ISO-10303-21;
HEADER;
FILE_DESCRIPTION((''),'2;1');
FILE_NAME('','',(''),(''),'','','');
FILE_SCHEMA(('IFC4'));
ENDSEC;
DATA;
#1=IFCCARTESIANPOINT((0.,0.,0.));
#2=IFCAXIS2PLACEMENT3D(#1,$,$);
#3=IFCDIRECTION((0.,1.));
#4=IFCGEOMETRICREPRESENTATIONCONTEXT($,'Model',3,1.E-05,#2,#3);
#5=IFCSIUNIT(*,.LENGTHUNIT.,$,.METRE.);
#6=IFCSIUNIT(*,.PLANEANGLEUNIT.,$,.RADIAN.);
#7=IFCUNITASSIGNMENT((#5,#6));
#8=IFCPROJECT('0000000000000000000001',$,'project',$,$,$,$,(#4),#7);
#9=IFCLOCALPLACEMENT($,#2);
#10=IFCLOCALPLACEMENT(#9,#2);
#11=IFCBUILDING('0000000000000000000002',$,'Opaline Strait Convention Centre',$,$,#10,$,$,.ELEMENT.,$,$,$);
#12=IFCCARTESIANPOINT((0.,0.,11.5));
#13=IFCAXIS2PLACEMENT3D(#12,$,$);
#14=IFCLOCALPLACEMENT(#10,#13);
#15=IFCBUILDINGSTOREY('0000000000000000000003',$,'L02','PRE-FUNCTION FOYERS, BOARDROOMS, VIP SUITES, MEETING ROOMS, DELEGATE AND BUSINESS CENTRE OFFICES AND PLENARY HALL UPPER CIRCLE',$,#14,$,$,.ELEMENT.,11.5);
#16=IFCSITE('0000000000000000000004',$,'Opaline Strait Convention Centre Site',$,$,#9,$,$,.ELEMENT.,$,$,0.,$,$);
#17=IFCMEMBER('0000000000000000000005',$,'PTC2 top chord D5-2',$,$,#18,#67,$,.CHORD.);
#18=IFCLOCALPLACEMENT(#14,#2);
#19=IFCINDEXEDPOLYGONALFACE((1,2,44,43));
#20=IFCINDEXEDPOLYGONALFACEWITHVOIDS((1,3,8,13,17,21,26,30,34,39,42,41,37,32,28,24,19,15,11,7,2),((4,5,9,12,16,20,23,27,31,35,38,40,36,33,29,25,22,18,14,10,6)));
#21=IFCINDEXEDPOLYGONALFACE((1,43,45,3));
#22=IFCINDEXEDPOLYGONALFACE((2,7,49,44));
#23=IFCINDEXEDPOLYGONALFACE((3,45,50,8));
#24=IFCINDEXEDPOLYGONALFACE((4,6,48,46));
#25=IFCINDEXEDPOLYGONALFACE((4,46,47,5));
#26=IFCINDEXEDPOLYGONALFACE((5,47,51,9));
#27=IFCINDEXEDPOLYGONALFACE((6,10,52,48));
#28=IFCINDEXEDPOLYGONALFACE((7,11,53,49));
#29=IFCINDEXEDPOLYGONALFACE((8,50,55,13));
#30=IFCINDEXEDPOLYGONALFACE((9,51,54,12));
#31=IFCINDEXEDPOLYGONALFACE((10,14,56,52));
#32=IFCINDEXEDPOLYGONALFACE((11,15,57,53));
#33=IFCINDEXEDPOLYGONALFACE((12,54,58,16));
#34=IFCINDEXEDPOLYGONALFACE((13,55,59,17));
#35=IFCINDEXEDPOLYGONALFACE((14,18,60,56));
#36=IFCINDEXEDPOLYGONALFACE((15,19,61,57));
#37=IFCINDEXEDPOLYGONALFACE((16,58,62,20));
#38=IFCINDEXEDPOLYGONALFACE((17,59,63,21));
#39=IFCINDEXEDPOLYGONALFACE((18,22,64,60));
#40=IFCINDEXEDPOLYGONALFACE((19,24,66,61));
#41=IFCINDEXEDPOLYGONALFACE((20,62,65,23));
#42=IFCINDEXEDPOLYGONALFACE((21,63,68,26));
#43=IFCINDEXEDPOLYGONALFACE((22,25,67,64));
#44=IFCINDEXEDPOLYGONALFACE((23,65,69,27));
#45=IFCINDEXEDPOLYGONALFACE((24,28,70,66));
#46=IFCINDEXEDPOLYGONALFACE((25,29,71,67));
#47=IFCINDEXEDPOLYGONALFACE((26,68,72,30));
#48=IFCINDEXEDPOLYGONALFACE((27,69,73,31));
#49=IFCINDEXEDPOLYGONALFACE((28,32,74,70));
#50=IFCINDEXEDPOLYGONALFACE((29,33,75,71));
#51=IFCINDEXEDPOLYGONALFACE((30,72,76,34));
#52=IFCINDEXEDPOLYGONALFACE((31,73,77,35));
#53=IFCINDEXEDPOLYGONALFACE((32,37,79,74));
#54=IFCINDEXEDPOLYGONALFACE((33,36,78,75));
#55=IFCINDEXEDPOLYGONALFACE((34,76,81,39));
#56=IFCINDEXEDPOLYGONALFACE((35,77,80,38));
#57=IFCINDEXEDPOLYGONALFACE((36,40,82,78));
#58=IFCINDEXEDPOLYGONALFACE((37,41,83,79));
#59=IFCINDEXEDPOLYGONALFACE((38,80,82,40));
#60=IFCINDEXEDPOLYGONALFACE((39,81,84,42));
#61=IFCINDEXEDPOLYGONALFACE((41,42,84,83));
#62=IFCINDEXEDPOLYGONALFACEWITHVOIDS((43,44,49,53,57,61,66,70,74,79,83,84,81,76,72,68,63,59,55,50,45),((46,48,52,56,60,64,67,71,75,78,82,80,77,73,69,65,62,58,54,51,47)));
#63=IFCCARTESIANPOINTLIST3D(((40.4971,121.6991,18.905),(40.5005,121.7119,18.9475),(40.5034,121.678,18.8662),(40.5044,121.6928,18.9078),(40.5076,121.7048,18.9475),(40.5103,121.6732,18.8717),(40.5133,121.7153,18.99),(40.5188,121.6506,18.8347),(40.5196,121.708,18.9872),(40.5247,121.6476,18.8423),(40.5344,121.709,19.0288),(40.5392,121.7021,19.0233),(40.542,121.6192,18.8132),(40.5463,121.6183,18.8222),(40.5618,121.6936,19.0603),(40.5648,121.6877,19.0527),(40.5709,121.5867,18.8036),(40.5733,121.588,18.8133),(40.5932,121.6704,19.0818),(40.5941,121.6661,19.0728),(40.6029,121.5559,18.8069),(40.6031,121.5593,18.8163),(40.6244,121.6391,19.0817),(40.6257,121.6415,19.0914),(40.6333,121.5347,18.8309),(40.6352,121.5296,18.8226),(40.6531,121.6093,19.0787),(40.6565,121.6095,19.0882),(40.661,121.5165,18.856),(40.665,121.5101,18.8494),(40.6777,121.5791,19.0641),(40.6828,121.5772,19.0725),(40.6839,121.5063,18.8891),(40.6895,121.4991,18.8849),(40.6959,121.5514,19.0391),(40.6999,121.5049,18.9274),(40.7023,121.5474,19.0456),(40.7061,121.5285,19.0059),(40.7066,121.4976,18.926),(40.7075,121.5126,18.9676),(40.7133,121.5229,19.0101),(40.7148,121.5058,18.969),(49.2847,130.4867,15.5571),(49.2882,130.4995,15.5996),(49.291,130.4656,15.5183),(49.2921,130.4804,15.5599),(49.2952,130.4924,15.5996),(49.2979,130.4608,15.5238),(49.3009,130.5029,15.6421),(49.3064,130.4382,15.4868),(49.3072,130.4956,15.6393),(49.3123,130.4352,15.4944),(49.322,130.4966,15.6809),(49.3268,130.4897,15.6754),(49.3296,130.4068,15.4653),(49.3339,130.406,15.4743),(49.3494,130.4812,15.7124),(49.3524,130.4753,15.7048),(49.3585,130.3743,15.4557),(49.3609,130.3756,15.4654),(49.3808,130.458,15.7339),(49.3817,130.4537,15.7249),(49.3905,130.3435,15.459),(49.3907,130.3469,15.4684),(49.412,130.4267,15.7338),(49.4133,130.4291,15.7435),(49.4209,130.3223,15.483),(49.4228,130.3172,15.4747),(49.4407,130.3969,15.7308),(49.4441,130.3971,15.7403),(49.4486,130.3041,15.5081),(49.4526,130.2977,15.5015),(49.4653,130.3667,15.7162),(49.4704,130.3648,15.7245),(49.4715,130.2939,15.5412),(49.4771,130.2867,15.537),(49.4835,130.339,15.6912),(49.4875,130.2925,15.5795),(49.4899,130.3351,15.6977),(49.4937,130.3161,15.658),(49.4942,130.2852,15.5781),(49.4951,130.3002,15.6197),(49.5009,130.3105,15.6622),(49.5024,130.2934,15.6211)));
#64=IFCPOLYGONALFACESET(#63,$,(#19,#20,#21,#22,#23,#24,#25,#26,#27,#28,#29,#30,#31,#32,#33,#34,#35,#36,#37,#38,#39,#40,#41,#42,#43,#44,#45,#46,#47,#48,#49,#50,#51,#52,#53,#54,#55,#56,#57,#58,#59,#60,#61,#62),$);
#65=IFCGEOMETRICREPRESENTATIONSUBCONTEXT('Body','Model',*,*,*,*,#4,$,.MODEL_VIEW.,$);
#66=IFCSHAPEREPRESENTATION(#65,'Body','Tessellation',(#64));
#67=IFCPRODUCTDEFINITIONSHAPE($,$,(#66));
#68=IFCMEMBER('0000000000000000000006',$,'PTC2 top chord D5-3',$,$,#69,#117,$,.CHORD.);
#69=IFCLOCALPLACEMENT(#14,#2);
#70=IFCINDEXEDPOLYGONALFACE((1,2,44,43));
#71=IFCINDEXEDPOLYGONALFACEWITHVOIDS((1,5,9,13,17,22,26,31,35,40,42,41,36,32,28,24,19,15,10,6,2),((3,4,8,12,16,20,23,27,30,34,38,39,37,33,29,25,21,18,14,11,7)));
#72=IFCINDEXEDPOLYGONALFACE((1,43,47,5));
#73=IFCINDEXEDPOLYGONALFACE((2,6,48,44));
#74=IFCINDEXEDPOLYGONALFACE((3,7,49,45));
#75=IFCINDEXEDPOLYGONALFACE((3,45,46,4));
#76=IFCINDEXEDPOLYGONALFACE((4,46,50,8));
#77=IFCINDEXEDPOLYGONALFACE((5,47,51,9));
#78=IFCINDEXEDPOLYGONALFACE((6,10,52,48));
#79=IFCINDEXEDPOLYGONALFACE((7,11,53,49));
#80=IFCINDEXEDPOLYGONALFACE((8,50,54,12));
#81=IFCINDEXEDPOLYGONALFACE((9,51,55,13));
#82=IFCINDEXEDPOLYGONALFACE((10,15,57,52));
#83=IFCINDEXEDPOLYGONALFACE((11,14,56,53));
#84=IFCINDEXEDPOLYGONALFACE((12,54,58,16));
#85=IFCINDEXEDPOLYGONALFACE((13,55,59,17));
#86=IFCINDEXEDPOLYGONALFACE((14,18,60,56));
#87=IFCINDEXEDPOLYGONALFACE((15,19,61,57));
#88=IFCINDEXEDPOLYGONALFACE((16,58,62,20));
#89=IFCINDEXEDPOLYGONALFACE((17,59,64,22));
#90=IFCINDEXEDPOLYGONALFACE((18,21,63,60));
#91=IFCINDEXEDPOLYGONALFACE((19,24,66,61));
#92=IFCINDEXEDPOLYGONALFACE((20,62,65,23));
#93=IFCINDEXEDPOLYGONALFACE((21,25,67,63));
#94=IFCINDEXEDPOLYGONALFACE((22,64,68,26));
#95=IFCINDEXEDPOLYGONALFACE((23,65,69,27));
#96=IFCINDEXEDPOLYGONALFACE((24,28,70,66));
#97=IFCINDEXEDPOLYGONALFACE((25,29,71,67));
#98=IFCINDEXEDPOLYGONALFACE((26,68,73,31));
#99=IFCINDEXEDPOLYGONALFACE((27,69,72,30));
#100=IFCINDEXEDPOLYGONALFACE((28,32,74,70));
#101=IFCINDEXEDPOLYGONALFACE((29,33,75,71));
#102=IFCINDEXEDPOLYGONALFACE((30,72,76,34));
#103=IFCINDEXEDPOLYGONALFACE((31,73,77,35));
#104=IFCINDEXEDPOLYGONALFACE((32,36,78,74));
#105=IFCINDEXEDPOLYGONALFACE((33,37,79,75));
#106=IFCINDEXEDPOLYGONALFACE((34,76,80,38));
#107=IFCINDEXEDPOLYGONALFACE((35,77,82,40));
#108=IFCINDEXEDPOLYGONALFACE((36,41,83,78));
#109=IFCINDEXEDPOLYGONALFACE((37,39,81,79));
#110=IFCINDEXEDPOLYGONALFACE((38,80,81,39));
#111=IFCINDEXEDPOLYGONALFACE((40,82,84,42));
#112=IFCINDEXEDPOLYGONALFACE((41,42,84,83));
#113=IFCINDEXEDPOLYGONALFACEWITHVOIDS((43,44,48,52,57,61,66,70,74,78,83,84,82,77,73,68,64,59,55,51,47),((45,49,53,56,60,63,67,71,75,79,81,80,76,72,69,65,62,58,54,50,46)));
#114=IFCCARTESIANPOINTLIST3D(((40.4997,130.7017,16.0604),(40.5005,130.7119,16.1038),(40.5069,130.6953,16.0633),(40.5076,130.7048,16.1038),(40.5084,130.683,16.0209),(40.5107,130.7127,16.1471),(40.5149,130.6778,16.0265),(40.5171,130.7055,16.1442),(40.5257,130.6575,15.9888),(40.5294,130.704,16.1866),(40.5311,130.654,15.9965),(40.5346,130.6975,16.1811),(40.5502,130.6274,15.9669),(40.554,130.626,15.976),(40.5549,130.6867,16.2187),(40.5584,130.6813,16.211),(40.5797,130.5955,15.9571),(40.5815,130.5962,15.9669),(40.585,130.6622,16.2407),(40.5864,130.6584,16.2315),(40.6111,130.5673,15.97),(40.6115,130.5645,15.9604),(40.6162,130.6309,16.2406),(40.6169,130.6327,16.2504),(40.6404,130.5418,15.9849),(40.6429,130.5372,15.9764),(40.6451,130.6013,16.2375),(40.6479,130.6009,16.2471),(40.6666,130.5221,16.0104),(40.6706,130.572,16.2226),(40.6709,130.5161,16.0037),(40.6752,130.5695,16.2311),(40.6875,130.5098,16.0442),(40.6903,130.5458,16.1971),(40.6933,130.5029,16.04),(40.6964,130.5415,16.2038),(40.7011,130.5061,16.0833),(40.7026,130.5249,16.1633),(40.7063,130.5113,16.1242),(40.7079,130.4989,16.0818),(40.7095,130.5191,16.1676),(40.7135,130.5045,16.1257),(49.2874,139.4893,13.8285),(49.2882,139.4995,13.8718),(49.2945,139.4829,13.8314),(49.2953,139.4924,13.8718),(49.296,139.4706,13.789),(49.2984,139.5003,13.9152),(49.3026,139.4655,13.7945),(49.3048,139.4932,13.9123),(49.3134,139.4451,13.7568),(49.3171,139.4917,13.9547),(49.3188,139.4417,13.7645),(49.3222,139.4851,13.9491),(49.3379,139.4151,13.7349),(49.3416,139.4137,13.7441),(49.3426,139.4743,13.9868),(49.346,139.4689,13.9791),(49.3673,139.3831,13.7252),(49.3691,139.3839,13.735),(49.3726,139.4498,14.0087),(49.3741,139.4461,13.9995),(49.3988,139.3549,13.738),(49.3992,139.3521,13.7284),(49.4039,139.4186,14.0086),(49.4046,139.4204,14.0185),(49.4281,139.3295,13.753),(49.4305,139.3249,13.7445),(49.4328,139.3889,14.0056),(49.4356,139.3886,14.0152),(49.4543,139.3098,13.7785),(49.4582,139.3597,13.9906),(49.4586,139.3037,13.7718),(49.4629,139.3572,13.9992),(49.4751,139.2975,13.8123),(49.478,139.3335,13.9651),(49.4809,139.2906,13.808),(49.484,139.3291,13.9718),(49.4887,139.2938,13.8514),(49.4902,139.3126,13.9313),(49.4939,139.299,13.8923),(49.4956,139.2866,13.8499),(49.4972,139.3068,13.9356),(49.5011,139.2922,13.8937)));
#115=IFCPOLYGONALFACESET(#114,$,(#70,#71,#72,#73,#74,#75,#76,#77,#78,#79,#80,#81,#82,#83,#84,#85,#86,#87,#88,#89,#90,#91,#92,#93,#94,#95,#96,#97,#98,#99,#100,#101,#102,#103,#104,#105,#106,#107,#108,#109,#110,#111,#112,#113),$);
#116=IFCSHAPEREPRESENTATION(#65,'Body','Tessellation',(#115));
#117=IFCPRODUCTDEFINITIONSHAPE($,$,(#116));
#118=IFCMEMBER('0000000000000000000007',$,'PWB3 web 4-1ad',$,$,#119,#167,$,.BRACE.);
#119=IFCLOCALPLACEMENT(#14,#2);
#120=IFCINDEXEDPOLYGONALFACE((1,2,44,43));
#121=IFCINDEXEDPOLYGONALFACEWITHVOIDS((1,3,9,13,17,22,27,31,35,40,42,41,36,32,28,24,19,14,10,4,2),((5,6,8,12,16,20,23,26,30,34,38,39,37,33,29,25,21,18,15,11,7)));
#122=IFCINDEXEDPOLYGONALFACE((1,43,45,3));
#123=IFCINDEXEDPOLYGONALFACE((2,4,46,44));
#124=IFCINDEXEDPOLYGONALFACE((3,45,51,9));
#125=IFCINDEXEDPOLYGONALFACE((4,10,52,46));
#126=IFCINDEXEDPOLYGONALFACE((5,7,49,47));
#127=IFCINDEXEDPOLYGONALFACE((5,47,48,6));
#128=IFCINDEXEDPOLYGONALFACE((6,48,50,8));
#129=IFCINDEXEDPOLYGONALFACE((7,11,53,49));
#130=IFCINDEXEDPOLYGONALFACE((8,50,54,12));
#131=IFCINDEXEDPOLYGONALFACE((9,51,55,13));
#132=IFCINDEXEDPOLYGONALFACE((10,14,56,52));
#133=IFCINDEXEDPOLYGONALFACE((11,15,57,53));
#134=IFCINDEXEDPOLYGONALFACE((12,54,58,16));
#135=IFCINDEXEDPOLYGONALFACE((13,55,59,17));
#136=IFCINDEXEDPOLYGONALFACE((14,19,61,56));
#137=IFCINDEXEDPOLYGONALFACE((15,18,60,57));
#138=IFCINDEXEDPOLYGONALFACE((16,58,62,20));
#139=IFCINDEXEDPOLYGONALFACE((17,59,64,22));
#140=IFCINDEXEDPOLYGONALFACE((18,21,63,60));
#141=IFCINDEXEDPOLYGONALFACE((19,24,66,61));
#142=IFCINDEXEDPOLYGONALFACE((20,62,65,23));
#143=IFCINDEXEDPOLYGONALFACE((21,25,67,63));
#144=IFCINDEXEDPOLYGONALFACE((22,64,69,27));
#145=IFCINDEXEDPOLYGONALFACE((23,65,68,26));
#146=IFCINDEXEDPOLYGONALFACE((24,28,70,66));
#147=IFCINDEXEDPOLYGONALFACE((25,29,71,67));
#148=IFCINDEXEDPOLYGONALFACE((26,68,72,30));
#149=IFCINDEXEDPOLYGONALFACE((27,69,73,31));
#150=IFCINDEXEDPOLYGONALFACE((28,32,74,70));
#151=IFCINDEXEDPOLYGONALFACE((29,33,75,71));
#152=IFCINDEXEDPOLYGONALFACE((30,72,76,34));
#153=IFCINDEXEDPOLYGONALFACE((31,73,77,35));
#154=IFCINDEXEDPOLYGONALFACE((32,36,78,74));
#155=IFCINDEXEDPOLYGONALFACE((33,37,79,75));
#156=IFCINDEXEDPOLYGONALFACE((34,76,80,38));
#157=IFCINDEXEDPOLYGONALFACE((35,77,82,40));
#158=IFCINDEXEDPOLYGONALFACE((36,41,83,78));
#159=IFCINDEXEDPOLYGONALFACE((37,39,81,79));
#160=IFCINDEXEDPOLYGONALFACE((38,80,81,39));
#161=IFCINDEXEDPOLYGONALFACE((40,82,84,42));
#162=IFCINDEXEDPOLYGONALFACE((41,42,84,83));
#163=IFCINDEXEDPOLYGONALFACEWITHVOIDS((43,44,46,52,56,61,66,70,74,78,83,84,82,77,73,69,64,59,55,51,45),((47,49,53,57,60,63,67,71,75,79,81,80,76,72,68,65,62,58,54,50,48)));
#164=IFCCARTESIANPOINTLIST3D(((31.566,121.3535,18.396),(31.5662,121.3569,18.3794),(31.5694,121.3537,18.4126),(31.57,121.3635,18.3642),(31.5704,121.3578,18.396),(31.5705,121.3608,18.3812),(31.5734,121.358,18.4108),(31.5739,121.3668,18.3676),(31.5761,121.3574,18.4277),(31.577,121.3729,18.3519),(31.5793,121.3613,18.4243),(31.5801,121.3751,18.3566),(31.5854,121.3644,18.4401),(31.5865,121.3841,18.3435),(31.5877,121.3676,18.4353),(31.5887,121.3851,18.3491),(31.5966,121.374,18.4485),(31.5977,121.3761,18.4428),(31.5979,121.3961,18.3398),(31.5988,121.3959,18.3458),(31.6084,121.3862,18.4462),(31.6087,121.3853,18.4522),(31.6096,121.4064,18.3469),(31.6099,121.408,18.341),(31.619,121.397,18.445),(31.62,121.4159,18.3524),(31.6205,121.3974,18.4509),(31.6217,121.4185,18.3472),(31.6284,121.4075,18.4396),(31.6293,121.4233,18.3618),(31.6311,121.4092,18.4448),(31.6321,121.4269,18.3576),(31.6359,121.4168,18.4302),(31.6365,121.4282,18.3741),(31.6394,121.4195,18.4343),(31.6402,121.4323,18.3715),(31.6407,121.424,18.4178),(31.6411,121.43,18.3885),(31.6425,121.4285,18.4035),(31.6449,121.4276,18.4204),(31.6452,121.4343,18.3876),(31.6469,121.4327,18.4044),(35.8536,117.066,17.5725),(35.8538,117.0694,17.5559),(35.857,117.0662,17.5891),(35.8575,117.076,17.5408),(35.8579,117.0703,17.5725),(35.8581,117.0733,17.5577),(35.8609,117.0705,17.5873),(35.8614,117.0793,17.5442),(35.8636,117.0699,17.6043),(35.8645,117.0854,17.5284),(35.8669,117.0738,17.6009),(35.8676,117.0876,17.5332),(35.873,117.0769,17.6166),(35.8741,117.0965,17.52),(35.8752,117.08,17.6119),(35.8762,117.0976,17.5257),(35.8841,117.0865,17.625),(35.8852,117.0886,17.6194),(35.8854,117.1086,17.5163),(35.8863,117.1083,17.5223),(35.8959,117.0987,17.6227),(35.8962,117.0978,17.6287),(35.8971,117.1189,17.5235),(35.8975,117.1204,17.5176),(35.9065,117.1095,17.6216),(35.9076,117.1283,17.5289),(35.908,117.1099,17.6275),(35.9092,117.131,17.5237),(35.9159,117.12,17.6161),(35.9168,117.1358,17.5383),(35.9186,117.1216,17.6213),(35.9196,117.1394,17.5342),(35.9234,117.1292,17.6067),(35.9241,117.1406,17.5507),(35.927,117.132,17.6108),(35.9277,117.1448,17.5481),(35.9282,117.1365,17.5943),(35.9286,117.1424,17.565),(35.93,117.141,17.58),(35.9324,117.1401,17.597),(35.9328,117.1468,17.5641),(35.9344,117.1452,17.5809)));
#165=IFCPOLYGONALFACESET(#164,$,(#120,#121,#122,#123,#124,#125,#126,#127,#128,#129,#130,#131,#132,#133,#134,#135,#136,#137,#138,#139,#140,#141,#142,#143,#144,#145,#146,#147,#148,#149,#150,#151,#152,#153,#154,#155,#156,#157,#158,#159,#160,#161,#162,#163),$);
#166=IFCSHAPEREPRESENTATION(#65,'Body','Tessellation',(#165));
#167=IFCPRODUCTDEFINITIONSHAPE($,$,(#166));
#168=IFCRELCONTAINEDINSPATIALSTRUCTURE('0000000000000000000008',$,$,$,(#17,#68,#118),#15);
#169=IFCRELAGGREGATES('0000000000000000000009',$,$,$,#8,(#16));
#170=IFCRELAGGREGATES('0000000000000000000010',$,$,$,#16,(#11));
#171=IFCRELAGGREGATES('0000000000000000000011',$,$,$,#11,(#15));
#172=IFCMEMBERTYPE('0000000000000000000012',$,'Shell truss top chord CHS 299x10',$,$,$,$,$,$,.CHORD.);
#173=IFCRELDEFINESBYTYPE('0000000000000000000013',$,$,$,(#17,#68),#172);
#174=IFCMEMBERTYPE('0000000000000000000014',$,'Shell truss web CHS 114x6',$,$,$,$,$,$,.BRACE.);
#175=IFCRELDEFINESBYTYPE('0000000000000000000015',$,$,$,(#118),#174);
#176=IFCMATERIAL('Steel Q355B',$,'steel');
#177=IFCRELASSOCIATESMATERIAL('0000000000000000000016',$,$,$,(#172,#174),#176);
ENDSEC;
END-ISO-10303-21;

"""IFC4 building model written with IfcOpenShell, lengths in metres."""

from ifc_helpers import new_model, si_unit, direction, frame, origin, origin_2d, place, context, subcontext, project, spatial, hollow_circle, extrude, material, material_profile, profile_set, type_object, element, save


model = new_model("IFC4")

# Units and contexts
model_context = context("Model", 3, precision=1e-05, world=origin(), true_north=direction((0.0, 1.0)))
body_context = subcontext(model_context, "Body", "Model", "MODEL_VIEW")
ifc_project = project(units=[si_unit("LENGTHUNIT", "METRE"), si_unit("PLANEANGLEUNIT", "RADIAN")], contexts=[model_context])

# Site, building, storey
site_placement = place(None, origin())
site = spatial("IfcSite", under=ifc_project, at=site_placement, Name="Opaline Strait Convention Centre Site", CompositionType="ELEMENT", RefElevation=0.0)
building_placement = place(site_placement, origin())
building = spatial("IfcBuilding", under=site, at=building_placement, Name="Opaline Strait Convention Centre", CompositionType="ELEMENT")
storey_placement = place(building_placement, frame((0.0, 0.0, 11.5)))
storey = spatial("IfcBuildingStorey", under=building, at=storey_placement, Name="L02", Description="PRE-FUNCTION FOYERS, BOARDROOMS, VIP SUITES, MEETING ROOMS, DELEGATE AND BUSINESS CENTRE OFFICES AND PLENARY HALL UPPER CIRCLE", CompositionType="ELEMENT", Elevation=11.5)

# Members
ifc_material_1 = material(Name="Steel Q355B", Category="steel")
ifc_material_profile_1 = material_profile(ifc_material_1, hollow_circle(Radius=0.1494, WallThickness=0.01, at=origin_2d()), Name="CHS 299x10")
ifc_profile_set_1 = profile_set([ifc_material_profile_1], Name="Steel Q355B")
member_type_1 = type_object("IfcMemberType", Name="Shell truss top chord CHS 299x10", PredefinedType="CHORD", material=ifc_profile_set_1)
member_1_placement = place(storey_placement, frame((40.6062, 121.6062, 18.9475), z_axis=(0.682766, 0.682766, -0.26012), x_axis=(-0.707107, 0.707107, 0.0)))
element("IfcMember", 1, at=member_1_placement, inside=storey, type_object=member_type_1, Name="PTC2 top chord D5-2", PredefinedType="CHORD", context=body_context, shape_type="SweptSolid", body=[
    extrude(hollow_circle(Radius=0.1494, WallThickness=0.01, at=origin_2d()), origin(), (0.0, 0.0, 1.0), 12.8706),
])
member_2_placement = place(storey_placement, frame((40.6062, 130.6062, 16.1038), z_axis=(0.695972, 0.695972, -0.176768), x_axis=(-0.707107, 0.707107, 0.0)))
element("IfcMember", 2, at=member_2_placement, inside=storey, type_object=member_type_1, Name="PTC2 top chord D5-3", PredefinedType="CHORD", context=body_context, shape_type="SweptSolid", body=[
    extrude(hollow_circle(Radius=0.1494, WallThickness=0.01, at=origin_2d()), origin(), (0.0, 0.0, 1.0), 12.6265),
])
ifc_material_profile_2 = material_profile(ifc_material_1, hollow_circle(Radius=0.0569, WallThickness=0.0061, at=origin_2d()), Name="CHS 114x6")
ifc_profile_set_2 = profile_set([ifc_material_profile_2], Name="Steel Q355B")
member_type_2 = type_object("IfcMemberType", Name="Shell truss web CHS 114x6", PredefinedType="BRACE", material=ifc_profile_set_2)
member_3_placement = place(storey_placement, frame((35.8938, 117.1062, 17.5725), z_axis=(-0.700675, 0.700675, 0.134573), x_axis=(-0.707107, -0.707107, 0.0)))
element("IfcMember", 3, at=member_3_placement, inside=storey, type_object=member_type_2, Name="PWB3 web 4-1ad", PredefinedType="BRACE", context=body_context, shape_type="SweptSolid", body=[
    extrude(hollow_circle(Radius=0.0569, WallThickness=0.0061, at=origin_2d()), origin(), (0.0, 0.0, 1.0), 6.1191),
])

save(model, "model.ifc")
